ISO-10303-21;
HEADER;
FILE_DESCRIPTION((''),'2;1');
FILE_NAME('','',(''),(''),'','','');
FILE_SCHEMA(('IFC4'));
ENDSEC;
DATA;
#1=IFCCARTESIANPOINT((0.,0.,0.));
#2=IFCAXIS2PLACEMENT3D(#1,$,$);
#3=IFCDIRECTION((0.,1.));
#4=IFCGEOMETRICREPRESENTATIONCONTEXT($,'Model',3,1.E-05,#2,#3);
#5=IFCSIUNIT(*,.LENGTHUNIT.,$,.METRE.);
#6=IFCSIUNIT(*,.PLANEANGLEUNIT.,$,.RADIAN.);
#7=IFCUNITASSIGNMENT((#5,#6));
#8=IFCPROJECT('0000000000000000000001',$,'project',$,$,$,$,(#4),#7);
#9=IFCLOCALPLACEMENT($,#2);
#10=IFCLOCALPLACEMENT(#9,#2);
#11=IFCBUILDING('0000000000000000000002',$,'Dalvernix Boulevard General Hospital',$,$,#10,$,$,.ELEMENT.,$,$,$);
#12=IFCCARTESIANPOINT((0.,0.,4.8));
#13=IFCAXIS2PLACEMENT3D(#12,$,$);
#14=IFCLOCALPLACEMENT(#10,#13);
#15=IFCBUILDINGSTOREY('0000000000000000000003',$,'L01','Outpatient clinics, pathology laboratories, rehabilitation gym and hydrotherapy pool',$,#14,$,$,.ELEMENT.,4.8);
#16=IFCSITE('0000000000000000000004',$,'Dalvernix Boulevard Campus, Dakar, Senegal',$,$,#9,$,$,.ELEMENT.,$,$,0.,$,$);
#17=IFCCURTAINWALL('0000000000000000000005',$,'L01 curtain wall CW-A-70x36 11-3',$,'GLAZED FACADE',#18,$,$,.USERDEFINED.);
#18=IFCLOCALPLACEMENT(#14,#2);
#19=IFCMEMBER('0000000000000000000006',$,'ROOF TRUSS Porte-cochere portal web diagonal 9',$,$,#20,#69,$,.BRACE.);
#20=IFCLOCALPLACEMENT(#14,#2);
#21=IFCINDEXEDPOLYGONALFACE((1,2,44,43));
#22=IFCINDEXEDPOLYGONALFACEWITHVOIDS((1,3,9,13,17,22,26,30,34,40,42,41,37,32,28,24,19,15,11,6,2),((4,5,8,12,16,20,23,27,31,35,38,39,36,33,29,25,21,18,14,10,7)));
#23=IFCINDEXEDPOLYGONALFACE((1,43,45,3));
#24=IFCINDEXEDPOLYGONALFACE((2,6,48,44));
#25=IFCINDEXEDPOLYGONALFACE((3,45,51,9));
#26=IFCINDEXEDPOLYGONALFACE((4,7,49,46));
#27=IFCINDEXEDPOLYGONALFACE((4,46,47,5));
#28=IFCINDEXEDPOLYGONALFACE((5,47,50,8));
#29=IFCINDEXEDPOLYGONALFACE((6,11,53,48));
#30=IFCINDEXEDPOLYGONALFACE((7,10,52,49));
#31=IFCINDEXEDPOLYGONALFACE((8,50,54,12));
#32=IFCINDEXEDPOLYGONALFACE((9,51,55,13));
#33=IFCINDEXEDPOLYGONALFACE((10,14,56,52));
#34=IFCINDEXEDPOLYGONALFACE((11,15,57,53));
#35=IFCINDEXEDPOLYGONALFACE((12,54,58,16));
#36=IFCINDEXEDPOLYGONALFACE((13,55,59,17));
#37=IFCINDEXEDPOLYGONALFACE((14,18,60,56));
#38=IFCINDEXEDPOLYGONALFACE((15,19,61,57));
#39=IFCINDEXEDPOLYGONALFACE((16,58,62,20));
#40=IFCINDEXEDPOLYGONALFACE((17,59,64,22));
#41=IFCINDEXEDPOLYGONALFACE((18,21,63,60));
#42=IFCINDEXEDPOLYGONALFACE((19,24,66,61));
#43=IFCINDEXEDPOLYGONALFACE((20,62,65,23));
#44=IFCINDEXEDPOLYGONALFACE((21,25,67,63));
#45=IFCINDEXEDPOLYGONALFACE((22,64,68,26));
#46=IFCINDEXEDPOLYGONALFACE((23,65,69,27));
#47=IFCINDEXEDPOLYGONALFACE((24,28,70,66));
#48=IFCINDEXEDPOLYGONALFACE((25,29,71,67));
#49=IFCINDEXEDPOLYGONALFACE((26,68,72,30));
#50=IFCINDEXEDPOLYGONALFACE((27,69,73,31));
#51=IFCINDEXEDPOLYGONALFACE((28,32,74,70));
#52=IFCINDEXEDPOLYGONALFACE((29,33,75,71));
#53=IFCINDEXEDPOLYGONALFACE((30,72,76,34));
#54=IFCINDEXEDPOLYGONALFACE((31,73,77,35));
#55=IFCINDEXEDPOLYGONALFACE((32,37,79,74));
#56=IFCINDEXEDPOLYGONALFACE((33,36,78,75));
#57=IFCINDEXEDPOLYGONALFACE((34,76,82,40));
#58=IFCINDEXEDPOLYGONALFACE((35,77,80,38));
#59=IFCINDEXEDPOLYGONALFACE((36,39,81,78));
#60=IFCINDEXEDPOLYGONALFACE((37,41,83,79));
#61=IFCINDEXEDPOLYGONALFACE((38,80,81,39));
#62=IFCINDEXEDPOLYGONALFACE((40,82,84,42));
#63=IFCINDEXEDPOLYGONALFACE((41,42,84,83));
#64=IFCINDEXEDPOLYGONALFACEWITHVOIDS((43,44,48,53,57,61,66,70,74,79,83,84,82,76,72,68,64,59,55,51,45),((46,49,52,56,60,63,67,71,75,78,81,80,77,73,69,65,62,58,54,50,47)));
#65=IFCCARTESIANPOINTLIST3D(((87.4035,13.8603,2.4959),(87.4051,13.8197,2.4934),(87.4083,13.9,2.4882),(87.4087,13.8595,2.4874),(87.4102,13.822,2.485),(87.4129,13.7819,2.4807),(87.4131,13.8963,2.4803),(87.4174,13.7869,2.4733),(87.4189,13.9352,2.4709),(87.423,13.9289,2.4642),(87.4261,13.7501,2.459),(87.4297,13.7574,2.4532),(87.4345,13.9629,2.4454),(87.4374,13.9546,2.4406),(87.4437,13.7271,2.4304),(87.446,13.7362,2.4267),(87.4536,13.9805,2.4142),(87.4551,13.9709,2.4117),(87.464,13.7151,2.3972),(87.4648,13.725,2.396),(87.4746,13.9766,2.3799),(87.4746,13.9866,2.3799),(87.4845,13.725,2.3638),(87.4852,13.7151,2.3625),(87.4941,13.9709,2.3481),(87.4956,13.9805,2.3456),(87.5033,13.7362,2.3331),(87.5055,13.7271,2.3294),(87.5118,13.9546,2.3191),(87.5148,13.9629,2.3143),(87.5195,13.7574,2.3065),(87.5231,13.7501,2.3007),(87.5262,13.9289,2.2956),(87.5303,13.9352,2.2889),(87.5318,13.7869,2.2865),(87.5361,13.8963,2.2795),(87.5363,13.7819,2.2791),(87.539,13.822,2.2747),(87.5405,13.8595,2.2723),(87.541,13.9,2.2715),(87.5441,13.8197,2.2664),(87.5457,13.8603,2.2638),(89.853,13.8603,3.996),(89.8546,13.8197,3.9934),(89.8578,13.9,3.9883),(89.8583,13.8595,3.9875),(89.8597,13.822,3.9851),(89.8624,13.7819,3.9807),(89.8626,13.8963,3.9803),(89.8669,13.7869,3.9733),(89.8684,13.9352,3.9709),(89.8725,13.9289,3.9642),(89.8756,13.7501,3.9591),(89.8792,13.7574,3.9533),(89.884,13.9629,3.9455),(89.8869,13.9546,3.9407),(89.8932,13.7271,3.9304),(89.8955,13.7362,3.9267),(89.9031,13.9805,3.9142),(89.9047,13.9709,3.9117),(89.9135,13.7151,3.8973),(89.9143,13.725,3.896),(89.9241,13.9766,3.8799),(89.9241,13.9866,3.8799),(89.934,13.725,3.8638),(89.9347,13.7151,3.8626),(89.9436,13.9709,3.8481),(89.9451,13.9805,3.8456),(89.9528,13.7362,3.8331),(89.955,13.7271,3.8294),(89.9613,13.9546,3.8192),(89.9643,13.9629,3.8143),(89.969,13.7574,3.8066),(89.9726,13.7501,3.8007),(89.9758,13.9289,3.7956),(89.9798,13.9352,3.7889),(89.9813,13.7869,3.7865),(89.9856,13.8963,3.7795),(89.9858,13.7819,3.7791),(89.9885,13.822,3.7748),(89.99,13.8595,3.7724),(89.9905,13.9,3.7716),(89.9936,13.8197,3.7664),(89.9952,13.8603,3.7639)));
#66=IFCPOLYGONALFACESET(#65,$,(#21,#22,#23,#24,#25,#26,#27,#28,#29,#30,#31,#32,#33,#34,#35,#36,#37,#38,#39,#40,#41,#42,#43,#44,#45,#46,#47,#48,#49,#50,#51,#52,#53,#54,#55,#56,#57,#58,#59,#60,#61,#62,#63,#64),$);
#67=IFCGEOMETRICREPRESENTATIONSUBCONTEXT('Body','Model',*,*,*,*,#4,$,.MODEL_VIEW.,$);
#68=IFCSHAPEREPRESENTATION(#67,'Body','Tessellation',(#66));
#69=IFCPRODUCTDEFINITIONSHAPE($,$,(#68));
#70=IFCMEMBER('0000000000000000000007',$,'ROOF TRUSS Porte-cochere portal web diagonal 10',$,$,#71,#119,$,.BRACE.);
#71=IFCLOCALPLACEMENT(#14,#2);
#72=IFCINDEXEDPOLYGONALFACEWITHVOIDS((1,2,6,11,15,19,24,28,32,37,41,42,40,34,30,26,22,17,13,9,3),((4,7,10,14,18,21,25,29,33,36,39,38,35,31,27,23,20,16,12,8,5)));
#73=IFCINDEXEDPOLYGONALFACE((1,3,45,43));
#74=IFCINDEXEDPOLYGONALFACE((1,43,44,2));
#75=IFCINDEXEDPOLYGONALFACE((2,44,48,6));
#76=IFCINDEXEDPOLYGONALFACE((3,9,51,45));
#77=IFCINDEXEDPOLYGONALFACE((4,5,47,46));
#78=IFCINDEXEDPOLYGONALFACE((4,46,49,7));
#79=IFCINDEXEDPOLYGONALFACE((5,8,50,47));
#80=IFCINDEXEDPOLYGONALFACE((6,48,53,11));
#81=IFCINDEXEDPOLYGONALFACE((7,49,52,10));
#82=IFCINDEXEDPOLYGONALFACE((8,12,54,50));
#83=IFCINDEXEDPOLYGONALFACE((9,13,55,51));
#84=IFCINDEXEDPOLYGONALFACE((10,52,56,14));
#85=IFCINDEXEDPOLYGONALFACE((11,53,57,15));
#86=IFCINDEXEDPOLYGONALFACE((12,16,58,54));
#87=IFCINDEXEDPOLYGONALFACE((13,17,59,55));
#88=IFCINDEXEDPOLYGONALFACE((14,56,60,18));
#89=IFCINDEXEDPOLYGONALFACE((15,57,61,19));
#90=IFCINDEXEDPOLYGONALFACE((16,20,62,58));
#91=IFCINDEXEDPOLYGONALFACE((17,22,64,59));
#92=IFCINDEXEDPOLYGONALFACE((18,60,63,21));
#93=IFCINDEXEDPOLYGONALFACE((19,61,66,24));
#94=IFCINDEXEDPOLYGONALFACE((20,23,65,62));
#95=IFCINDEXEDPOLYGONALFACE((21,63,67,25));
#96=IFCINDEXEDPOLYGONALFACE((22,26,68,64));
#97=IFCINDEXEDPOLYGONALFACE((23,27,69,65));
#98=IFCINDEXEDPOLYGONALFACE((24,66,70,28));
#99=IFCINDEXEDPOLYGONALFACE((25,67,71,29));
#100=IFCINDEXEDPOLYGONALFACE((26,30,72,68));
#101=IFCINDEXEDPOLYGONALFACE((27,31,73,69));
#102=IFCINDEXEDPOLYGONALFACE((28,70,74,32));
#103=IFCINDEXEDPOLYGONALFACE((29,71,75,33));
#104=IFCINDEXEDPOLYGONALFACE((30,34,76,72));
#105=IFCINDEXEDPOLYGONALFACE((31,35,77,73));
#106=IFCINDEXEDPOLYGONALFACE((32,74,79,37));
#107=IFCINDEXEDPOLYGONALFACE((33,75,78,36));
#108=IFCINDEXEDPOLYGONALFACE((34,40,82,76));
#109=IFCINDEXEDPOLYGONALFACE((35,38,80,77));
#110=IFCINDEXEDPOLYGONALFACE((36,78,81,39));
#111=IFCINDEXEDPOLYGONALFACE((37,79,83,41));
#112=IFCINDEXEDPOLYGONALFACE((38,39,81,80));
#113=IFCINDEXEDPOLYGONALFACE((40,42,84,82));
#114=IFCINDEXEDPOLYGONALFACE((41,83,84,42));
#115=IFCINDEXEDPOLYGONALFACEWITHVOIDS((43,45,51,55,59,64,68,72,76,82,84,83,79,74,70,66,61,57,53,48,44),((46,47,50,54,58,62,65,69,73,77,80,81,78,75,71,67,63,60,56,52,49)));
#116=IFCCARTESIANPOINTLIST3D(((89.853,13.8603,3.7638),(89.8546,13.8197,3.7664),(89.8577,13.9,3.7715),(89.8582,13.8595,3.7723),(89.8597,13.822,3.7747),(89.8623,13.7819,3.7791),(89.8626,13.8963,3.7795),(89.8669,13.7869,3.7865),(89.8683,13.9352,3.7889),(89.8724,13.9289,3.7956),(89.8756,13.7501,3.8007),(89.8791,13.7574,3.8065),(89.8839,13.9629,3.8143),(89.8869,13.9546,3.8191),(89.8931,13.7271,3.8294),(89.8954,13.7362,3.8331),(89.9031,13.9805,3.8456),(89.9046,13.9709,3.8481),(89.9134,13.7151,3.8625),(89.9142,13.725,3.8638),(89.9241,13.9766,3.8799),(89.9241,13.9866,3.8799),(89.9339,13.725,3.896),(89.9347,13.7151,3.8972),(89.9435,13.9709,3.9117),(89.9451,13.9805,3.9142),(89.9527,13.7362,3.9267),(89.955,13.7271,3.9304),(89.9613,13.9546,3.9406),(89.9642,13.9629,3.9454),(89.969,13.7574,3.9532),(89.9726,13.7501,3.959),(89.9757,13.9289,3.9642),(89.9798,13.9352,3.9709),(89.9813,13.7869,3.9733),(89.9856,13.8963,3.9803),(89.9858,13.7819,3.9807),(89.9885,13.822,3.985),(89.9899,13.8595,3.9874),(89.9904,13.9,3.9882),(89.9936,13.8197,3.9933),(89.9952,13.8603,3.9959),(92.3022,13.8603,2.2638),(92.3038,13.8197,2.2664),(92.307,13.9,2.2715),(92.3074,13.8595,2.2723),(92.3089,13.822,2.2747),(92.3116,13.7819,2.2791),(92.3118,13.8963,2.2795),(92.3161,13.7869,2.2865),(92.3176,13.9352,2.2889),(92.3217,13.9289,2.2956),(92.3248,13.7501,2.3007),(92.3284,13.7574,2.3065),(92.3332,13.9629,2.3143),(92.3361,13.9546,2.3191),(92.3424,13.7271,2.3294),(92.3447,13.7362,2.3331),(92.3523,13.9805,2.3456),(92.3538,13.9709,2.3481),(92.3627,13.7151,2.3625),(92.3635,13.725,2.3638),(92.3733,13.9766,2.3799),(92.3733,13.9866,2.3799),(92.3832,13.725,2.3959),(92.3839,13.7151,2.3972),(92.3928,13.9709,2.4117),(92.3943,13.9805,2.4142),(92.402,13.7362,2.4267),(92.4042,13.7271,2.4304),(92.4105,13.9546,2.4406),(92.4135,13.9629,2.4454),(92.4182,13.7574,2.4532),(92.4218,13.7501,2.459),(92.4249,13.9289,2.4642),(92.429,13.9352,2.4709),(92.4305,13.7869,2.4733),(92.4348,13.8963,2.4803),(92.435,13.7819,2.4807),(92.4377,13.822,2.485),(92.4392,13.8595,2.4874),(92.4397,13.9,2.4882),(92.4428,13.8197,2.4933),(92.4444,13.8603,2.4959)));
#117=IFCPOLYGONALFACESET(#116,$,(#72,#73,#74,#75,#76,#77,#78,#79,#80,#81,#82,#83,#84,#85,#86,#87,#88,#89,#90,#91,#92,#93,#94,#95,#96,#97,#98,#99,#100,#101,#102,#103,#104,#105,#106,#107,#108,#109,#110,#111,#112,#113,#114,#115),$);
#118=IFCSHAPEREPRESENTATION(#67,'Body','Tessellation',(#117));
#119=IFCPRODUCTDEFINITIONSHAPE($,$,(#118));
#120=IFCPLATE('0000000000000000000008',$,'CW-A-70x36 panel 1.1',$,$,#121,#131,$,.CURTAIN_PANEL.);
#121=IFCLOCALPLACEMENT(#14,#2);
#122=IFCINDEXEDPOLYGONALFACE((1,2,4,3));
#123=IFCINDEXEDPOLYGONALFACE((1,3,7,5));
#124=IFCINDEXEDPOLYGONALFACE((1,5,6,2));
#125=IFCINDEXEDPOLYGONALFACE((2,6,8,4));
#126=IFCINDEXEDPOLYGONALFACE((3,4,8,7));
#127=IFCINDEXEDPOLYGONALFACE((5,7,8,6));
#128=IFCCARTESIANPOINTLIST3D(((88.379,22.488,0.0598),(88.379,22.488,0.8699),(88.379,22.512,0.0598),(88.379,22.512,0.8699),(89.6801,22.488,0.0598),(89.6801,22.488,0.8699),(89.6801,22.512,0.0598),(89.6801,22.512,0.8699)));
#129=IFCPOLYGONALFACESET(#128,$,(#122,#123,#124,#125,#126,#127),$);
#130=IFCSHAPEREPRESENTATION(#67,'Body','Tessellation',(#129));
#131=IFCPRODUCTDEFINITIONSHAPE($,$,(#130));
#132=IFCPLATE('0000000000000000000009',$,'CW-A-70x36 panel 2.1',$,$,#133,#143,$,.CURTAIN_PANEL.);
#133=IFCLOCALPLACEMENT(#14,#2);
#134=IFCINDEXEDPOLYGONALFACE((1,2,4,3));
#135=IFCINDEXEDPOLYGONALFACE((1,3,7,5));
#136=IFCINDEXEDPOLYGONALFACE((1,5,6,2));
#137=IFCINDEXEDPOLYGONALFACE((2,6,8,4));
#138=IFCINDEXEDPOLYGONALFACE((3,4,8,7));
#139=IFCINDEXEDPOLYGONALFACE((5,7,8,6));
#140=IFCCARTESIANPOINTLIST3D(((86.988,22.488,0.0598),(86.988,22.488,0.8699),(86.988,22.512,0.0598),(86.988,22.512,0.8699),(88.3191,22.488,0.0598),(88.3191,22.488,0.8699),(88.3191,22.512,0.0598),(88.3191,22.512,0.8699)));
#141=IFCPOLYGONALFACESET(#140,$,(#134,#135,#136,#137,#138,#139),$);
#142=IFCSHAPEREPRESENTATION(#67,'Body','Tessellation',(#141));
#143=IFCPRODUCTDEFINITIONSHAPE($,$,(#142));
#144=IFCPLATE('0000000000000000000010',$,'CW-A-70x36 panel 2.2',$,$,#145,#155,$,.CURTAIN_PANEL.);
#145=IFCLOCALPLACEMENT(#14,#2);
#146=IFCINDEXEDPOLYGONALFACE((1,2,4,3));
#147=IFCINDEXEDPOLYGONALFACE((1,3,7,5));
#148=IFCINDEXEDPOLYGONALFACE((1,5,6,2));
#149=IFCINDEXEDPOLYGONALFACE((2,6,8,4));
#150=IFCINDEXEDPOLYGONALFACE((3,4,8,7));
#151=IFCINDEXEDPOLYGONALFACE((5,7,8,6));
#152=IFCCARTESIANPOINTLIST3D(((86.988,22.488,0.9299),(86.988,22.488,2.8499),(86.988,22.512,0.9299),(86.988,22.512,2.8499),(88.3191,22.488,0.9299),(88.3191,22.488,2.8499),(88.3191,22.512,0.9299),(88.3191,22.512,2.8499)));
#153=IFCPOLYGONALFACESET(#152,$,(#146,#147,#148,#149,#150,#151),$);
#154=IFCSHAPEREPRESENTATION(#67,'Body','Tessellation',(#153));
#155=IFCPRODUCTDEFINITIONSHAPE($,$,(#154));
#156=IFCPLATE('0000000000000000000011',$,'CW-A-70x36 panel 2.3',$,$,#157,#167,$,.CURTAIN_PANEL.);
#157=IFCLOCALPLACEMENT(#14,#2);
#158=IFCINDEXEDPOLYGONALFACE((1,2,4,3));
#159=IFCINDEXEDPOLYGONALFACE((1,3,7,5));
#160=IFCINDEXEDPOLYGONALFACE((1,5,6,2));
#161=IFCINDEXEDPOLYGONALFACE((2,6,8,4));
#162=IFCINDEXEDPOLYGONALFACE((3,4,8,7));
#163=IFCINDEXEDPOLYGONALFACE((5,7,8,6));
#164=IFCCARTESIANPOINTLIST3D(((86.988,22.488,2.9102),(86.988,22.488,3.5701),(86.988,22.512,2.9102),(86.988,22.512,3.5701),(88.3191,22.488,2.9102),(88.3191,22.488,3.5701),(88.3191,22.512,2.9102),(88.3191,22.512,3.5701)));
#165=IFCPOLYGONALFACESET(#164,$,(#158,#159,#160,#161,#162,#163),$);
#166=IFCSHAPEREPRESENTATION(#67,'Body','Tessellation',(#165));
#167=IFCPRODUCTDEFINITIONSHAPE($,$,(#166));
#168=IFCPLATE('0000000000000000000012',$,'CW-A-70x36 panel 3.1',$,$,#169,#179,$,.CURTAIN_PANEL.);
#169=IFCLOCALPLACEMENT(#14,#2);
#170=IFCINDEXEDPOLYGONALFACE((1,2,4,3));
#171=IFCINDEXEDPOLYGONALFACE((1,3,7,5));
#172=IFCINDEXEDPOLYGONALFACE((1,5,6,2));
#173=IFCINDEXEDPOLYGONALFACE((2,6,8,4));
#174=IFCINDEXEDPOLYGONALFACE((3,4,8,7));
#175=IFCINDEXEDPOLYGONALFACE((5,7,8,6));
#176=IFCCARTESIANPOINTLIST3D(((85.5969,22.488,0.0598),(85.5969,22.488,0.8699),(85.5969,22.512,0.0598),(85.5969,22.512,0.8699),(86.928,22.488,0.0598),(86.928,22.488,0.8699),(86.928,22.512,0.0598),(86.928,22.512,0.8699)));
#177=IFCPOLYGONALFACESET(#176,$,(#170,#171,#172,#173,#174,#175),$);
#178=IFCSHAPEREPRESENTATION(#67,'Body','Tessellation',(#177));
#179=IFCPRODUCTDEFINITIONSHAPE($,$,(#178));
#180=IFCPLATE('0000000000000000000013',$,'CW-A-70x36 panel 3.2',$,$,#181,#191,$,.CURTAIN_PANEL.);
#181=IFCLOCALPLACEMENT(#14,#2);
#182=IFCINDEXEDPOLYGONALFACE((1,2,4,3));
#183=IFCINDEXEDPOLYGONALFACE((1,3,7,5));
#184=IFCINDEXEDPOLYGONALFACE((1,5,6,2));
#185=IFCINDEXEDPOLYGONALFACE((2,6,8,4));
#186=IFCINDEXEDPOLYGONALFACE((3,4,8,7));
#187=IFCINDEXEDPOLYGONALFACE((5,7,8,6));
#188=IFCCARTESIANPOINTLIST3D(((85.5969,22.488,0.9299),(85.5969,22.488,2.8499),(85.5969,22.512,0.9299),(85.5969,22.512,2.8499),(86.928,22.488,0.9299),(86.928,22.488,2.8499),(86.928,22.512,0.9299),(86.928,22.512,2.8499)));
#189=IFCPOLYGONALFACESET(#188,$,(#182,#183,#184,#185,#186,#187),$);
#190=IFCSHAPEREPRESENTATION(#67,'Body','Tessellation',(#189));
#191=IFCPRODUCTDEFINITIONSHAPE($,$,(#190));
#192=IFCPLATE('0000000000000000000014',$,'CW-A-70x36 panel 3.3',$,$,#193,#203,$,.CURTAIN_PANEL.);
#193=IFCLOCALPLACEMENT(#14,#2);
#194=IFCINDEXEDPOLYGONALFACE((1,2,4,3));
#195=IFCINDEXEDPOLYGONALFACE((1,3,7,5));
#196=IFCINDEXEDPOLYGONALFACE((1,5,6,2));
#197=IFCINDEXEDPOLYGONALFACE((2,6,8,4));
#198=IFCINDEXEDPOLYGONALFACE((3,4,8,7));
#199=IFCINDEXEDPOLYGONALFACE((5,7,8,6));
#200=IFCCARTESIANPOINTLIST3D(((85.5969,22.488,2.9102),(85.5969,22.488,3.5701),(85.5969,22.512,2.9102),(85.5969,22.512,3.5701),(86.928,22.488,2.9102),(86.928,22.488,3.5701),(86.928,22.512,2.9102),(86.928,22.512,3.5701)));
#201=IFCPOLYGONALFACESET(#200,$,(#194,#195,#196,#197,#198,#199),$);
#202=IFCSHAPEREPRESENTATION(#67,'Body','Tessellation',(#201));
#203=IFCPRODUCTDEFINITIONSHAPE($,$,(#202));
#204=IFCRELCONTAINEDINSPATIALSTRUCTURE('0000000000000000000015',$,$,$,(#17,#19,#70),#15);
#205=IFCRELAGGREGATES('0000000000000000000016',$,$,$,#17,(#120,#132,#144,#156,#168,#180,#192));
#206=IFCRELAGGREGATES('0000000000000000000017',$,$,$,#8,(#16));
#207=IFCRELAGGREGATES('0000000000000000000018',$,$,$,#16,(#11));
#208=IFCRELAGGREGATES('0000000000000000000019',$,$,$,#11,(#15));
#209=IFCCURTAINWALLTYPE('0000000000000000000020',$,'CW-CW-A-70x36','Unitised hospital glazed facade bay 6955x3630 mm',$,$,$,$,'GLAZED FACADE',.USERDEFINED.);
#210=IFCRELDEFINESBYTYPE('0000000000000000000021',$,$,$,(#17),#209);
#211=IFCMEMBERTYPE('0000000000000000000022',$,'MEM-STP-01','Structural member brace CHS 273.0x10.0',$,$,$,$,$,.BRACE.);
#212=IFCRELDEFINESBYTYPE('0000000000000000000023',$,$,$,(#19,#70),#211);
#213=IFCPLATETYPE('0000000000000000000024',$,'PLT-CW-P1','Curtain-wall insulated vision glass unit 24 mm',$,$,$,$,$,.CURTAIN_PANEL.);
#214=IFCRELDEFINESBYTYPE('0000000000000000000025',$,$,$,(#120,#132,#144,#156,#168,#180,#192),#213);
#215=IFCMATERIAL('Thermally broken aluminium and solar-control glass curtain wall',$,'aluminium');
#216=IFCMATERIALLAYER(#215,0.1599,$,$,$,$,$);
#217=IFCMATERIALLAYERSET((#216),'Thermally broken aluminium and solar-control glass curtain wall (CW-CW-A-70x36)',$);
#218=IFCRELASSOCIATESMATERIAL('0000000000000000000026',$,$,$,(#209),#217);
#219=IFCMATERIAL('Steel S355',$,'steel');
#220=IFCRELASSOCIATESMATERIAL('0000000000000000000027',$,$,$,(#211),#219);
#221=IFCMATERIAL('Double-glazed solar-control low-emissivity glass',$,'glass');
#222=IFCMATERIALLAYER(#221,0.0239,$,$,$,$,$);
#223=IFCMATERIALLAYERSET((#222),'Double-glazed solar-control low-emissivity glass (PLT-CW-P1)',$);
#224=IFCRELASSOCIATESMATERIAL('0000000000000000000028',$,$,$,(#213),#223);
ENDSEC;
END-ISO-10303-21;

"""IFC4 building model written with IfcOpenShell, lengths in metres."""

from ifc_helpers import new_model, si_unit, direction, frame, origin, origin_2d, place, context, subcontext, project, spatial, rectangle, hollow_circle, extrude, material, layer, layer_set, material_profile, profile_set, type_object, element, aggregate, save


model = new_model("IFC4")

# Units and contexts
model_context = context("Model", 3, precision=1e-05, world=origin(), true_north=direction((0.0, 1.0)))
body_context = subcontext(model_context, "Body", "Model", "MODEL_VIEW")
ifc_project = project(units=[si_unit("LENGTHUNIT", "METRE"), si_unit("PLANEANGLEUNIT", "RADIAN")], contexts=[model_context])

# Site, building, storey
site_placement = place(None, origin())
site = spatial("IfcSite", under=ifc_project, at=site_placement, Name="Dalvernix Boulevard Campus, Dakar, Senegal", CompositionType="ELEMENT", RefElevation=0.0)
building_placement = place(site_placement, origin())
building = spatial("IfcBuilding", under=site, at=building_placement, Name="Dalvernix Boulevard General Hospital", CompositionType="ELEMENT")
storey_placement = place(building_placement, frame((0.0, 0.0, 4.8)))
storey = spatial("IfcBuildingStorey", under=building, at=storey_placement, Name="L01", Description="Outpatient clinics, pathology laboratories, rehabilitation gym and hydrotherapy pool", CompositionType="ELEMENT", Elevation=4.8)

# Shared definitions
ifc_material_1 = material(Name="Steel S355", Category="steel")

# Curtain wall
ifc_material_2 = material(Name="Thermally broken aluminium and solar-control glass curtain wall", Category="aluminium")
ifc_layer_1 = layer(ifc_material_2, 0.1599)
ifc_layer_set_1 = layer_set([ifc_layer_1], Name="Thermally broken aluminium and solar-control glass curtain wall (CW-CW-A-70x36)")
curtain_wall_type = type_object("IfcCurtainWallType", Name="CW-CW-A-70x36", Description="Unitised hospital glazed facade bay 6955x3630 mm", ElementType="GLAZED FACADE", PredefinedType="USERDEFINED", material=ifc_layer_set_1)
curtain_wall_placement = place(storey_placement, origin())
curtain_wall = element("IfcCurtainWall", 1, at=curtain_wall_placement, inside=storey, type_object=curtain_wall_type, Name="L01 curtain wall CW-A-70x36 11-3", ObjectType="GLAZED FACADE", PredefinedType="USERDEFINED")

# Members
ifc_material_profile_1 = material_profile(ifc_material_1, hollow_circle(Radius=0.1365, WallThickness=0.01, at=origin_2d()), Name="CHS 273.0x10.0")
ifc_profile_set_1 = profile_set([ifc_material_profile_1], Name="Steel S355")
member_type_1 = type_object("IfcMemberType", Name="MEM-STP-01", Description="Structural member brace CHS 273.0x10.0", PredefinedType="BRACE", material=ifc_profile_set_1)
member_1_placement = place(storey_placement, frame((87.4746, 13.8501, 2.3799), z_axis=(0.8528, 0.0, 0.522237), x_axis=(0.0, 1.0, 0.0)))
element("IfcMember", 2, at=member_1_placement, inside=storey, type_object=member_type_1, Name="ROOF TRUSS Porte-cochere portal web diagonal 9", PredefinedType="BRACE", context=body_context, shape_type="SweptSolid", body=[
    extrude(hollow_circle(Radius=0.1365, WallThickness=0.01, at=origin_2d()), origin(), (0.0, 0.0, 1.0), 2.8723),
])
member_2_placement = place(storey_placement, frame((89.9241, 13.8501, 3.8799), z_axis=(0.852777, 0.0, -0.522275), x_axis=(0.0, 1.0, 0.0)))
element("IfcMember", 3, at=member_2_placement, inside=storey, type_object=member_type_1, Name="ROOF TRUSS Porte-cochere portal web diagonal 10", PredefinedType="BRACE", context=body_context, shape_type="SweptSolid", body=[
    extrude(hollow_circle(Radius=0.1365, WallThickness=0.01, at=origin_2d()), origin(), (0.0, 0.0, 1.0), 2.8721),
])

# Plates
ifc_material_3 = material(Name="Double-glazed solar-control low-emissivity glass", Category="glass")
ifc_layer_2 = layer(ifc_material_3, 0.0239)
ifc_layer_set_2 = layer_set([ifc_layer_2], Name="Double-glazed solar-control low-emissivity glass (PLT-CW-P1)")
plate_type = type_object("IfcPlateType", Name="PLT-CW-P1", Description="Curtain-wall insulated vision glass unit 24 mm", PredefinedType="CURTAIN_PANEL", material=ifc_layer_set_2)
plate_1_placement = place(storey_placement, frame((89.0295, 22.5, 0.0598), z_axis=(0.0, 0.0, 1.0), x_axis=(-1.0, 0.0, 0.0)))
plate_1 = element("IfcPlate", 4, at=plate_1_placement, type_object=plate_type, Name="CW-A-70x36 panel 1.1", PredefinedType="CURTAIN_PANEL", context=body_context, shape_type="SweptSolid", body=[
    extrude(rectangle(XDim=1.301, YDim=0.0239, at=origin_2d()), origin(), (0.0, 0.0, 1.0), 0.8101),
])
plate_2_placement = place(storey_placement, frame((87.6536, 22.5, 0.0598), z_axis=(0.0, 0.0, 1.0), x_axis=(-1.0, 0.0, 0.0)))
plate_2 = element("IfcPlate", 5, at=plate_2_placement, type_object=plate_type, Name="CW-A-70x36 panel 2.1", PredefinedType="CURTAIN_PANEL", context=body_context, shape_type="SweptSolid", body=[
    extrude(rectangle(XDim=1.3311, YDim=0.0239, at=origin_2d()), origin(), (0.0, 0.0, 1.0), 0.8101),
])
plate_3_placement = place(storey_placement, frame((87.6536, 22.5, 0.9299), z_axis=(0.0, 0.0, 1.0), x_axis=(-1.0, 0.0, 0.0)))
plate_3 = element("IfcPlate", 6, at=plate_3_placement, type_object=plate_type, Name="CW-A-70x36 panel 2.2", PredefinedType="CURTAIN_PANEL", context=body_context, shape_type="SweptSolid", body=[
    extrude(rectangle(XDim=1.3311, YDim=0.0239, at=origin_2d()), origin(), (0.0, 0.0, 1.0), 1.9199),
])
plate_4_placement = place(storey_placement, frame((87.6536, 22.5, 2.9102), z_axis=(0.0, 0.0, 1.0), x_axis=(-1.0, 0.0, 0.0)))
plate_4 = element("IfcPlate", 7, at=plate_4_placement, type_object=plate_type, Name="CW-A-70x36 panel 2.3", PredefinedType="CURTAIN_PANEL", context=body_context, shape_type="SweptSolid", body=[
    extrude(rectangle(XDim=1.3311, YDim=0.0239, at=origin_2d()), origin(), (0.0, 0.0, 1.0), 0.6599),
])
plate_5_placement = place(storey_placement, frame((86.2625, 22.5, 0.0598), z_axis=(0.0, 0.0, 1.0), x_axis=(-1.0, 0.0, 0.0)))
plate_5 = element("IfcPlate", 8, at=plate_5_placement, type_object=plate_type, Name="CW-A-70x36 panel 3.1", PredefinedType="CURTAIN_PANEL", context=body_context, shape_type="SweptSolid", body=[
    extrude(rectangle(XDim=1.3311, YDim=0.0239, at=origin_2d()), origin(), (0.0, 0.0, 1.0), 0.8101),
])
plate_6_placement = place(storey_placement, frame((86.2625, 22.5, 0.9299), z_axis=(0.0, 0.0, 1.0), x_axis=(-1.0, 0.0, 0.0)))
plate_6 = element("IfcPlate", 9, at=plate_6_placement, type_object=plate_type, Name="CW-A-70x36 panel 3.2", PredefinedType="CURTAIN_PANEL", context=body_context, shape_type="SweptSolid", body=[
    extrude(rectangle(XDim=1.3311, YDim=0.0239, at=origin_2d()), origin(), (0.0, 0.0, 1.0), 1.9199),
])
plate_7_placement = place(storey_placement, frame((86.2625, 22.5, 2.9102), z_axis=(0.0, 0.0, 1.0), x_axis=(-1.0, 0.0, 0.0)))
plate_7 = element("IfcPlate", 10, at=plate_7_placement, type_object=plate_type, Name="CW-A-70x36 panel 3.3", PredefinedType="CURTAIN_PANEL", context=body_context, shape_type="SweptSolid", body=[
    extrude(rectangle(XDim=1.3311, YDim=0.0239, at=origin_2d()), origin(), (0.0, 0.0, 1.0), 0.6599),
])
aggregate(curtain_wall, [plate_1, plate_2, plate_3, plate_4, plate_5, plate_6, plate_7])

save(model, "model.ifc")
